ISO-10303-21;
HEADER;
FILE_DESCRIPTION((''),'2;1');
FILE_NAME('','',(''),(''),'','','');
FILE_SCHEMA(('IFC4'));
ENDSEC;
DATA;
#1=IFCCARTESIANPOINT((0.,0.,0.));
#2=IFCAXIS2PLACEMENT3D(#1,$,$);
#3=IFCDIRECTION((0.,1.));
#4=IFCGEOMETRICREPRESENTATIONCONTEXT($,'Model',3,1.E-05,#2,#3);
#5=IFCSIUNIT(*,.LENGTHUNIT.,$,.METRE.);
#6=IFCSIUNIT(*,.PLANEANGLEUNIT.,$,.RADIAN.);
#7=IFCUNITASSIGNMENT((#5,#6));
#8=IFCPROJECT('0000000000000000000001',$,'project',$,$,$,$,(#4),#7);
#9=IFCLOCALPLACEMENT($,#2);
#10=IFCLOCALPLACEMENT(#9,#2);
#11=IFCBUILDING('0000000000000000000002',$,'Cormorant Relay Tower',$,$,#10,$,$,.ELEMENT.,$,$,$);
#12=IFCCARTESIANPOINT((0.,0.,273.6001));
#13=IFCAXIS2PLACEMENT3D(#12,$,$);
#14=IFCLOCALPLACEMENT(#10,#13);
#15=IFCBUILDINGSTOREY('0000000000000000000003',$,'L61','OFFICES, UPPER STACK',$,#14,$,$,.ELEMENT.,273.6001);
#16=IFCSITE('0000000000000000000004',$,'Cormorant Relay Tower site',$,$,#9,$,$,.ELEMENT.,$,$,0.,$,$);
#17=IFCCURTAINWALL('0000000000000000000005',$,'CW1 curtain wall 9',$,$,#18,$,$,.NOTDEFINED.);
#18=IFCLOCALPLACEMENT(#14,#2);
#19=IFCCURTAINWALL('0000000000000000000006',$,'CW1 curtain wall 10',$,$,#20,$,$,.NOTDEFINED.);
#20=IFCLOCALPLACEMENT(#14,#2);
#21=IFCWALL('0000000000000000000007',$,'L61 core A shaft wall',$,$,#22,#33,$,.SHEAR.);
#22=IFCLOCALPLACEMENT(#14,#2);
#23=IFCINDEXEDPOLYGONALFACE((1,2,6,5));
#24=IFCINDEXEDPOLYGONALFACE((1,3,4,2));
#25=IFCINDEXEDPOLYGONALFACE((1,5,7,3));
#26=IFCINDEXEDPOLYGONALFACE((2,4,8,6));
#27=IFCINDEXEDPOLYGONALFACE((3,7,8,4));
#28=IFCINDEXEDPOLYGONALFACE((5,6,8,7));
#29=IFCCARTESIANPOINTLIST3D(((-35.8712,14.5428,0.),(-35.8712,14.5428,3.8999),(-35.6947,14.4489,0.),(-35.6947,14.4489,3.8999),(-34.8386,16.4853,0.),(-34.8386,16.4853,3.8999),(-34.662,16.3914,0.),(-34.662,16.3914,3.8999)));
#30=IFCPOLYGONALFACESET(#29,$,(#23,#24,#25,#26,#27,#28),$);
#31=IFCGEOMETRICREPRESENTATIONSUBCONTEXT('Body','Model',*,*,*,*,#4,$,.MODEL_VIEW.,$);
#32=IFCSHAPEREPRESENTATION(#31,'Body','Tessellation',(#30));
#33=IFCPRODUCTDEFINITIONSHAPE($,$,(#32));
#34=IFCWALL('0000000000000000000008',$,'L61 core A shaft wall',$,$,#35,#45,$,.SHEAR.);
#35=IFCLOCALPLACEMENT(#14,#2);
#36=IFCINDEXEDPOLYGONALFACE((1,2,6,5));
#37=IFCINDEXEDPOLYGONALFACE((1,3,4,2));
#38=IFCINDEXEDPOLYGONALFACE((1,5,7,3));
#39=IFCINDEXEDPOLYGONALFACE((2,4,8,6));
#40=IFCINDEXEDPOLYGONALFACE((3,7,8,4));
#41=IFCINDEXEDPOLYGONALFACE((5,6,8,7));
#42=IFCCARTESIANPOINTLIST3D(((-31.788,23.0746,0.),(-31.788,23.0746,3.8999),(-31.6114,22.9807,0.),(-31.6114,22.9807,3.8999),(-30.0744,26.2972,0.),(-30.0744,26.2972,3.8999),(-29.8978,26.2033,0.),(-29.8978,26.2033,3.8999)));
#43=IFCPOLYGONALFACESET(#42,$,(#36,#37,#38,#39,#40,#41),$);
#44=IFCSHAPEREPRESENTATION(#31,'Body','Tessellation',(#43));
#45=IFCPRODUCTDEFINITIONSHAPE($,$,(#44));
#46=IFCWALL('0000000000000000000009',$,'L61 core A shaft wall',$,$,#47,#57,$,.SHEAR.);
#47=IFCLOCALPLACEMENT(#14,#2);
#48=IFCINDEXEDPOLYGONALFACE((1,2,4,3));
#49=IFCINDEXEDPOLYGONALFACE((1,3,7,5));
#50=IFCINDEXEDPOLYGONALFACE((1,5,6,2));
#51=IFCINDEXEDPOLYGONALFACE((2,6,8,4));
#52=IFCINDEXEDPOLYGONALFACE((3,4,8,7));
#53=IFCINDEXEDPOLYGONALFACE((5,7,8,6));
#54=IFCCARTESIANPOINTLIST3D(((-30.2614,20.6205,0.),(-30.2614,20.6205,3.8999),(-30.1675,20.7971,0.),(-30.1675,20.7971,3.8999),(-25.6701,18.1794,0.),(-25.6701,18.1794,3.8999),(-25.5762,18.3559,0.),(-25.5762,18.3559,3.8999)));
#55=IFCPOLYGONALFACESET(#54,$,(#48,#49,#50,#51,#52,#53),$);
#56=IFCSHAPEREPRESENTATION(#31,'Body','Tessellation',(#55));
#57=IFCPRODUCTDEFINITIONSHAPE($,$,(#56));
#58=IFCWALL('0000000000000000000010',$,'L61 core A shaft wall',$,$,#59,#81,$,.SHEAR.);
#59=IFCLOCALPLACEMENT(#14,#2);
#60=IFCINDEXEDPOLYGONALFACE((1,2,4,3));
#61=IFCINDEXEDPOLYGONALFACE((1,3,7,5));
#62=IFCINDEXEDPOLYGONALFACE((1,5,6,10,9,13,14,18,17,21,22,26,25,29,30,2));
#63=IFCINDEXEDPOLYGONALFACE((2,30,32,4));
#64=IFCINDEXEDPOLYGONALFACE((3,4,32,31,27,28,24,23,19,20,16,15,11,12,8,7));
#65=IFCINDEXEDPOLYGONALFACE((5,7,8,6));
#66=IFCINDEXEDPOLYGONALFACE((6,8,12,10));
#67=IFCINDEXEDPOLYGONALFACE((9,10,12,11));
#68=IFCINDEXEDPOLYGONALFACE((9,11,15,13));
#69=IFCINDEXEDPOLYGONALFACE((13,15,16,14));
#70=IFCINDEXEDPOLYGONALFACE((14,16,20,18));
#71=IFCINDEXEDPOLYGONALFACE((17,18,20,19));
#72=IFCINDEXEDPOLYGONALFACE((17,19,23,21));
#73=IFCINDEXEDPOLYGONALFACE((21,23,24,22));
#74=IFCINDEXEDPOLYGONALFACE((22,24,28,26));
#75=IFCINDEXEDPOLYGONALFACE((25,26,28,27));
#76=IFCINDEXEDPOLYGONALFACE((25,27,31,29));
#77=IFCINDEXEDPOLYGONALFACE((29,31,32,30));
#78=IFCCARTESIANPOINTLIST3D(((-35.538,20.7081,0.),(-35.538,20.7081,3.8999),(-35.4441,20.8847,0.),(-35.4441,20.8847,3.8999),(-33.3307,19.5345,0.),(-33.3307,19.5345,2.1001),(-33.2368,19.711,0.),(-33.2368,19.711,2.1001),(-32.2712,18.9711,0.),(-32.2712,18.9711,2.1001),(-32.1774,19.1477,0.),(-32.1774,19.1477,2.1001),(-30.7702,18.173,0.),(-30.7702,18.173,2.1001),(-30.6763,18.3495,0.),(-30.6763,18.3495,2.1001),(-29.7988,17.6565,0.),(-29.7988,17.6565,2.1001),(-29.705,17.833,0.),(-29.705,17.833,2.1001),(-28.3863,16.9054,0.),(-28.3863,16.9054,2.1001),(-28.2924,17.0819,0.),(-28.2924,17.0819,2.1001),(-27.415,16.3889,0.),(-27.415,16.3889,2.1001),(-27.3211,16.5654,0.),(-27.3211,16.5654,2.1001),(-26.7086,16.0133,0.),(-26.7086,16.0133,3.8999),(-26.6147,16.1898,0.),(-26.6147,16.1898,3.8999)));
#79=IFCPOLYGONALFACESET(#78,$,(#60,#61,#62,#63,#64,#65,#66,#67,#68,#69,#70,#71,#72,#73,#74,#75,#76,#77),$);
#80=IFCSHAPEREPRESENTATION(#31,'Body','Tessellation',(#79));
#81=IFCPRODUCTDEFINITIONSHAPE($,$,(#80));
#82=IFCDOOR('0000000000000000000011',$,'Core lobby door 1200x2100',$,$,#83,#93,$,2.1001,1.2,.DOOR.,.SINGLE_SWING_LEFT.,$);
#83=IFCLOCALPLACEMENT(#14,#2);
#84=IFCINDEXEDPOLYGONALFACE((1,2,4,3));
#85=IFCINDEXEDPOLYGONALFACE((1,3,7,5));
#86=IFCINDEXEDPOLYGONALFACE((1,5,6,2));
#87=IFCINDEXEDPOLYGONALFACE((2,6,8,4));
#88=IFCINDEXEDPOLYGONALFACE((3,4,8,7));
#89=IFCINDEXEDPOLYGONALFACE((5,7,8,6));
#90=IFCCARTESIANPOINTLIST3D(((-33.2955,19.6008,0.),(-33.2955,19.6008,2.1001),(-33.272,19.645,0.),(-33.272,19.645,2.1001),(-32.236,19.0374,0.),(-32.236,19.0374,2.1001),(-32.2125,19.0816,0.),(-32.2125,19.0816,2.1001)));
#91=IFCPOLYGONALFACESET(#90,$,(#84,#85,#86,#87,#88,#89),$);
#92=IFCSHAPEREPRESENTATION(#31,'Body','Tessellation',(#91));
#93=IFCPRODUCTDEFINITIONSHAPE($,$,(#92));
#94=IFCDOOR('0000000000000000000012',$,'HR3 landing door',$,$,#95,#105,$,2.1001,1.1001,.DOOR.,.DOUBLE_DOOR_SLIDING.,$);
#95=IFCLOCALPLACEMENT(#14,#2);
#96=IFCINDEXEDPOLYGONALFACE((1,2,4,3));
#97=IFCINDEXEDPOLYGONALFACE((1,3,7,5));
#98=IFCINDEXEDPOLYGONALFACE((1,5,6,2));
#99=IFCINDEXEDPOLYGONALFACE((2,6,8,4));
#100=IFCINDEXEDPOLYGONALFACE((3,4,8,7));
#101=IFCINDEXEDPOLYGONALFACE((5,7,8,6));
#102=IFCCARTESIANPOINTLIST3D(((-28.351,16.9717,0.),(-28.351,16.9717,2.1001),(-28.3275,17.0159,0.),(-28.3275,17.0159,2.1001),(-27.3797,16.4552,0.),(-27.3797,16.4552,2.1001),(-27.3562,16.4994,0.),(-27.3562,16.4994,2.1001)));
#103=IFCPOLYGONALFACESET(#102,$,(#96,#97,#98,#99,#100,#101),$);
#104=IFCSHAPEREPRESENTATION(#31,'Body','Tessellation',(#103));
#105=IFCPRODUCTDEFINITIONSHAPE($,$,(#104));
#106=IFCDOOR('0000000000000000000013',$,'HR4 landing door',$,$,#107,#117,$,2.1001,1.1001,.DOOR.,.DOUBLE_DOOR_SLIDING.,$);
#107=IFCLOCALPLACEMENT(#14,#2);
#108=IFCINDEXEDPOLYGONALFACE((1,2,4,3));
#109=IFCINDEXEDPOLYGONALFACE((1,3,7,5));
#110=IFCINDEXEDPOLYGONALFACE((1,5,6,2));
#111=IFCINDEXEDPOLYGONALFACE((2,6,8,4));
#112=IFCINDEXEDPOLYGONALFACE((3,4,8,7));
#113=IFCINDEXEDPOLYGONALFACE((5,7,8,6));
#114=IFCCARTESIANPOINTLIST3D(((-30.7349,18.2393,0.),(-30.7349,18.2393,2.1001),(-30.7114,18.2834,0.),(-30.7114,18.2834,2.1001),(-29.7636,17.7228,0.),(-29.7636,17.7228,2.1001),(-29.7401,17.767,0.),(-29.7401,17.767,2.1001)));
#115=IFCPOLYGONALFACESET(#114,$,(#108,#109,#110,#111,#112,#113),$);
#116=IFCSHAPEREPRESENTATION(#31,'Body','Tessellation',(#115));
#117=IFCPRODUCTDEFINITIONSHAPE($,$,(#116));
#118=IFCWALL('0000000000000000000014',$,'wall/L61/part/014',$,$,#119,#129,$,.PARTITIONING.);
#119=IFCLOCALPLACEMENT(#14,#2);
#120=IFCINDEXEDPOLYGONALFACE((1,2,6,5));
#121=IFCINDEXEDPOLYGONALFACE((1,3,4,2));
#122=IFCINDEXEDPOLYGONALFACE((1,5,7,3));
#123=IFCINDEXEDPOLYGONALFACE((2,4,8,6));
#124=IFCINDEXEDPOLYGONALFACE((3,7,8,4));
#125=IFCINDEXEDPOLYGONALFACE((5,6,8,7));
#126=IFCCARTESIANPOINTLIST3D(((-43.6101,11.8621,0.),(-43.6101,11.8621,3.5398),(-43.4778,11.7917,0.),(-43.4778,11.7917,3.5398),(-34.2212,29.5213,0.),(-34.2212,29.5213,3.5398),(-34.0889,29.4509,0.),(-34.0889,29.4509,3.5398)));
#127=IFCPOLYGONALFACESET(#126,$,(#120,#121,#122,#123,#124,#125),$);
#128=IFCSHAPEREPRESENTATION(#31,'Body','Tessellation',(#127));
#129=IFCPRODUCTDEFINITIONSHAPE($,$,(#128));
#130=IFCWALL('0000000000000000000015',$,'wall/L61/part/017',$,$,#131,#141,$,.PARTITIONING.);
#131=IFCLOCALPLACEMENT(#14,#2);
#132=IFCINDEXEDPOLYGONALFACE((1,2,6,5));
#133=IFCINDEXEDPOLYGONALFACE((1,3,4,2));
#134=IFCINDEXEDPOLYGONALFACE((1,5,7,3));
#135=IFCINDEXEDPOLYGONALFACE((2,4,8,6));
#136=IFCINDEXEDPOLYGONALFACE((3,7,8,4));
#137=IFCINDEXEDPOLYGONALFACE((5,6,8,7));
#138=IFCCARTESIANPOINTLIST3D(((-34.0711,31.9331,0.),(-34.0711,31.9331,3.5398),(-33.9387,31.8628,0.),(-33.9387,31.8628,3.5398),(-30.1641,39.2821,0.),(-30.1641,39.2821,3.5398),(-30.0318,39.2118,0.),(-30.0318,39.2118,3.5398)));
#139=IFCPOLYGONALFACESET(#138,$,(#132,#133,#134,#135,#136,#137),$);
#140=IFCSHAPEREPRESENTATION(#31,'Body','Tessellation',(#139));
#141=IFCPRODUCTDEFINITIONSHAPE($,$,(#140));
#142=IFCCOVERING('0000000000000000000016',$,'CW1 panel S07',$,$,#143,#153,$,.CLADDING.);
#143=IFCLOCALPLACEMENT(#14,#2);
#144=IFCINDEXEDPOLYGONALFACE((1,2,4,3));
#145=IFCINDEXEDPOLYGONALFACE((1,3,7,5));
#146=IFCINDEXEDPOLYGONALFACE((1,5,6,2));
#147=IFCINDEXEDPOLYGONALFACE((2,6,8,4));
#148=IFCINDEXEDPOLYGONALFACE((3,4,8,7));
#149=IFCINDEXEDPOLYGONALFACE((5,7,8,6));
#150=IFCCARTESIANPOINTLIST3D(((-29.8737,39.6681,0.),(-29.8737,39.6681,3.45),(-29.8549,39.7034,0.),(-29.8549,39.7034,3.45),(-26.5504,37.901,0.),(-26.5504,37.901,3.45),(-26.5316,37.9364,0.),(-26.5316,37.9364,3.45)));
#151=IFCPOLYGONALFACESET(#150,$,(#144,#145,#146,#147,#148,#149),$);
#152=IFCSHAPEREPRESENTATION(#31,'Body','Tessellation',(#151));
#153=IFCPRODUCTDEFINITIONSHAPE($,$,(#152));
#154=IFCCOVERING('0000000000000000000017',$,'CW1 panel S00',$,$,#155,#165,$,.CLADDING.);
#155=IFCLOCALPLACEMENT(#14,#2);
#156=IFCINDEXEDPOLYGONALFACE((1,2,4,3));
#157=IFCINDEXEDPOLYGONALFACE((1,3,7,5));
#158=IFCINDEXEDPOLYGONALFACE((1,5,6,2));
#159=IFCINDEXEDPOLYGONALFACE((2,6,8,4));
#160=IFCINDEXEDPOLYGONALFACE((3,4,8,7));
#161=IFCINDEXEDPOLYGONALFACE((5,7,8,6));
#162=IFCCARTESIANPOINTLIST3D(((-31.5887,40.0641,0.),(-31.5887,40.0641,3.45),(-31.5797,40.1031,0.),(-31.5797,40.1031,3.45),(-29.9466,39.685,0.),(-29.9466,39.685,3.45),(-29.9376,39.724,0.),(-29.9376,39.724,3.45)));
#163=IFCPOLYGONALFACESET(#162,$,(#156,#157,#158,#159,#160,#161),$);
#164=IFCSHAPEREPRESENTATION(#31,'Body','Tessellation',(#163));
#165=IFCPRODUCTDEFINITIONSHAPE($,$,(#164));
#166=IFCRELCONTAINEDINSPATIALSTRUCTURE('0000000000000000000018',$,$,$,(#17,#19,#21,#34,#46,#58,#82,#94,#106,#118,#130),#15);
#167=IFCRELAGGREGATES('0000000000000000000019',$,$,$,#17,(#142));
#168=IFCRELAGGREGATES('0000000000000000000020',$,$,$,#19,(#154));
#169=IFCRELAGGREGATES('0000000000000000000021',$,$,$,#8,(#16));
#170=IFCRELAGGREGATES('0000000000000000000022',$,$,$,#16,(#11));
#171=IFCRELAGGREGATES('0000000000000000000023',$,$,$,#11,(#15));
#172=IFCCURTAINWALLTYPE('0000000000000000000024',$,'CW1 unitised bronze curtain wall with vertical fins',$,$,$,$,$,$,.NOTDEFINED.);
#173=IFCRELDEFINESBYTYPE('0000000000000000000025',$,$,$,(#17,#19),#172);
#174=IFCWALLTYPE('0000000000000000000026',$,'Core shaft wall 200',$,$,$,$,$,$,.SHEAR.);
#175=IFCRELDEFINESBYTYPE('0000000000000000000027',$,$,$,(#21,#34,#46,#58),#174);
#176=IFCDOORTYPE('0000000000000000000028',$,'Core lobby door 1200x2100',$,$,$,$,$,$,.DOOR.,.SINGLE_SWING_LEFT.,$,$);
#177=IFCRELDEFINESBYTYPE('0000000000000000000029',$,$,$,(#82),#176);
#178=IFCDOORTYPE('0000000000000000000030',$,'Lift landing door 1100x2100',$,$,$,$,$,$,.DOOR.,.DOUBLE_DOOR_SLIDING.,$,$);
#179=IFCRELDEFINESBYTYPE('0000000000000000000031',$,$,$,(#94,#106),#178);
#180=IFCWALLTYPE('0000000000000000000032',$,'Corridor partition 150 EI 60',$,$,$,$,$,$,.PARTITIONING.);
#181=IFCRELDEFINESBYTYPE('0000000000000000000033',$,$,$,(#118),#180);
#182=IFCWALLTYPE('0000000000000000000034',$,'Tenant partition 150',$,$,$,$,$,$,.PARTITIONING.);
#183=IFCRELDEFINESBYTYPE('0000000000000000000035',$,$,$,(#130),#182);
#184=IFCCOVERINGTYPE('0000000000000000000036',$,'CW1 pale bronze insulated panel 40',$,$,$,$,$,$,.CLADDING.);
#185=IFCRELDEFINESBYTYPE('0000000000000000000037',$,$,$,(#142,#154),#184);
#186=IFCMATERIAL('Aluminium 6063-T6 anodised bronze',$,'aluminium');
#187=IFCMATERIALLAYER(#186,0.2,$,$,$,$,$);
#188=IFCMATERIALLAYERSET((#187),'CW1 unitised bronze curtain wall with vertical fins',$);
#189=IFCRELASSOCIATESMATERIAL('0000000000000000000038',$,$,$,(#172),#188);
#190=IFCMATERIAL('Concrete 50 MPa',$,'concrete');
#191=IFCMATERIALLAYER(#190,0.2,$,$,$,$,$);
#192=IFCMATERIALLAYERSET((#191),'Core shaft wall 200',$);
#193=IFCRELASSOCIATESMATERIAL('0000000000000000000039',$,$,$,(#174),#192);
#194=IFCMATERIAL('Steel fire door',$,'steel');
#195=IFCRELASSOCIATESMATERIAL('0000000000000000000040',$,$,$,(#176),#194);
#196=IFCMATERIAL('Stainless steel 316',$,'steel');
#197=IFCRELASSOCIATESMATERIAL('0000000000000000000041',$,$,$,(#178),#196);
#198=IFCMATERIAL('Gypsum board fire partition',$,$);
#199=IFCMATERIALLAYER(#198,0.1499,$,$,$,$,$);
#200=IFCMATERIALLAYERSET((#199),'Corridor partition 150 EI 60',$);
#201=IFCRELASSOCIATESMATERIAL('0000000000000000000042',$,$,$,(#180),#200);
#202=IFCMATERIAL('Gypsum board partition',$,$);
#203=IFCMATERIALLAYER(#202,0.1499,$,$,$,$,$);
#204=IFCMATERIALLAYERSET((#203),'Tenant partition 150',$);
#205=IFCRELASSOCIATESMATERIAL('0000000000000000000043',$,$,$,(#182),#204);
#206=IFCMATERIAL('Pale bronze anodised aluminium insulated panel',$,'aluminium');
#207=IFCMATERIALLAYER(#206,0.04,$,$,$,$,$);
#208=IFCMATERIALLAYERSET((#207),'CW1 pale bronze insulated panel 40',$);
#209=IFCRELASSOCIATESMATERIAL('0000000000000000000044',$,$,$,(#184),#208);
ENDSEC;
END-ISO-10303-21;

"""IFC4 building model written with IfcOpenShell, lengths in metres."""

from ifc_helpers import new_model, si_unit, direction, frame, frame_2d, origin, origin_2d, place, context, subcontext, project, spatial, rectangle, extrude, material, layer, layer_set, type_object, element, fill, aggregate, save


model = new_model("IFC4")

# Units and contexts
model_context = context("Model", 3, precision=1e-05, world=origin(), true_north=direction((0.0, 1.0)))
body_context = subcontext(model_context, "Body", "Model", "MODEL_VIEW")
ifc_project = project(units=[si_unit("LENGTHUNIT", "METRE"), si_unit("PLANEANGLEUNIT", "RADIAN")], contexts=[model_context])

# Site, building, storey
site_placement = place(None, origin())
site = spatial("IfcSite", under=ifc_project, at=site_placement, Name="Cormorant Relay Tower site", CompositionType="ELEMENT", RefElevation=0.0)
building_placement = place(site_placement, origin())
building = spatial("IfcBuilding", under=site, at=building_placement, Name="Cormorant Relay Tower", CompositionType="ELEMENT")
storey_placement = place(building_placement, frame((0.0, 0.0, 273.6001)))
storey = spatial("IfcBuildingStorey", under=building, at=storey_placement, Name="L61", Description="OFFICES, UPPER STACK", CompositionType="ELEMENT", Elevation=273.6001)

# Curtain wall
ifc_material_1 = material(Name="Aluminium 6063-T6 anodised bronze", Category="aluminium")
ifc_layer_1 = layer(ifc_material_1, 0.2)
ifc_layer_set_1 = layer_set([ifc_layer_1], Name="CW1 unitised bronze curtain wall with vertical fins")
curtain_wall_type = type_object("IfcCurtainWallType", Name="CW1 unitised bronze curtain wall with vertical fins", PredefinedType="NOTDEFINED", material=ifc_layer_set_1)
curtain_wall_1_placement = place(storey_placement, origin())
curtain_wall_1 = element("IfcCurtainWall", 1, at=curtain_wall_1_placement, inside=storey, type_object=curtain_wall_type, Name="CW1 curtain wall 9", PredefinedType="NOTDEFINED")

# Curtain wall
curtain_wall_2_placement = place(storey_placement, origin())
curtain_wall_2 = element("IfcCurtainWall", 2, at=curtain_wall_2_placement, inside=storey, type_object=curtain_wall_type, Name="CW1 curtain wall 10", PredefinedType="NOTDEFINED")

# Shared definitions
ifc_material_2 = material(Name="Concrete 50 MPa", Category="concrete")
ifc_layer_2 = layer(ifc_material_2, 0.2)
ifc_layer_set_2 = layer_set([ifc_layer_2], Name="Core shaft wall 200")
wall_type_1 = type_object("IfcWallType", Name="Core shaft wall 200", PredefinedType="SHEAR", material=ifc_layer_set_2)

# Walls
wall_1_placement = place(storey_placement, frame((-34.7502, 16.4385, 0.0), z_axis=(0.0, 0.0, 1.0), x_axis=(-0.469401, -0.882985, 0.0)))
element("IfcWall", 3, at=wall_1_placement, inside=storey, type_object=wall_type_1, Name="L61 core A shaft wall", PredefinedType="SHEAR", context=body_context, shape_type="SweptSolid", body=[
    extrude(rectangle(XDim=2.2, YDim=0.2, at=frame_2d((1.1001, 0.0))), origin(), (0.0, 0.0, 1.0), 3.8999),
])
wall_2_placement = place(storey_placement, frame((-29.9861, 26.2502, 0.0), z_axis=(0.0, 0.0, 1.0), x_axis=(-0.469494, -0.882936, 0.0)))
element("IfcWall", 4, at=wall_2_placement, inside=storey, type_object=wall_type_1, Name="L61 core A shaft wall", PredefinedType="SHEAR", context=body_context, shape_type="SweptSolid", body=[
    extrude(rectangle(XDim=3.6499, YDim=0.2, at=frame_2d((1.825, 0.0))), origin(), (0.0, 0.0, 1.0), 3.8999),
])

# Wall
wall_3_placement = place(storey_placement, frame((-25.623, 18.2676, 0.0), z_axis=(0.0, 0.0, 1.0), x_axis=(-0.882954, 0.46946, 0.0)))
element("IfcWall", 5, at=wall_3_placement, inside=storey, type_object=wall_type_1, Name="L61 core A shaft wall", PredefinedType="SHEAR", context=body_context, shape_type="SweptSolid", body=[
    extrude(rectangle(XDim=5.2, YDim=0.2, at=frame_2d((2.6001, 0.0))), origin(), (0.0, 0.0, 1.0), 3.8999),
])

# Wall, openings, doors
wall_4_placement = place(storey_placement, frame((-26.6616, 16.1016, 0.0), z_axis=(0.0, 0.0, 1.0), x_axis=(-0.88294, 0.469485, 0.0)))
wall_4 = element("IfcWall", 6, at=wall_4_placement, inside=storey, type_object=wall_type_1, Name="L61 core A shaft wall", PredefinedType="SHEAR", context=body_context, shape_type="SweptSolid", body=[
    extrude(rectangle(XDim=10.0, YDim=0.2, at=frame_2d((5.0, 0.0))), origin(), (0.0, 0.0, 1.0), 3.8999),
])
opening_1_placement = place(wall_4_placement, frame((6.3, 0.0, 0.0)))
opening_1 = element("IfcOpeningElement", 7, at=opening_1_placement, cuts=wall_4, PredefinedType="OPENING", context=body_context, shape_type="SweptSolid", body=[
    extrude(rectangle(XDim=1.2, YDim=2.1001, at=frame_2d((0.6001, 1.05))), frame((0.0, 0.1099, 0.0), z_axis=(0.0, -1.0, 0.0), x_axis=(1.0, 0.0, 0.0)), (0.0, 0.0, 1.0), 0.22),
])
opening_2_placement = place(wall_4_placement, frame((0.8, 0.0, 0.0)))
opening_2 = element("IfcOpeningElement", 8, at=opening_2_placement, cuts=wall_4, PredefinedType="OPENING", context=body_context, shape_type="SweptSolid", body=[
    extrude(rectangle(XDim=1.1001, YDim=2.1001, at=frame_2d((0.55, 1.05))), frame((0.0, 0.1099, 0.0), z_axis=(0.0, -1.0, 0.0), x_axis=(1.0, 0.0, 0.0)), (0.0, 0.0, 1.0), 0.22),
])
opening_3_placement = place(wall_4_placement, frame((3.5, 0.0, 0.0)))
opening_3 = element("IfcOpeningElement", 9, at=opening_3_placement, cuts=wall_4, PredefinedType="OPENING", context=body_context, shape_type="SweptSolid", body=[
    extrude(rectangle(XDim=1.1001, YDim=2.1001, at=frame_2d((0.55, 1.05))), frame((0.0, 0.1099, 0.0), z_axis=(0.0, -1.0, 0.0), x_axis=(1.0, 0.0, 0.0)), (0.0, 0.0, 1.0), 0.22),
])
ifc_material_3 = material(Name="Steel fire door", Category="steel")
door_type_1 = type_object("IfcDoorType", Name="Core lobby door 1200x2100", OperationType="SINGLE_SWING_LEFT", PredefinedType="DOOR", material=ifc_material_3)
door_1_placement = place(opening_1_placement, origin())
door_1 = element("IfcDoor", 10, at=door_1_placement, inside=storey, type_object=door_type_1, Name="Core lobby door 1200x2100", OperationType="SINGLE_SWING_LEFT", OverallHeight=2.1001, OverallWidth=1.2, PredefinedType="DOOR", context=body_context, shape_type="SweptSolid", body=[
    extrude(rectangle(XDim=1.2, YDim=2.1001, at=frame_2d((0.6001, 1.05))), frame((0.0, 0.0249, 0.0), z_axis=(0.0, -1.0, 0.0), x_axis=(1.0, 0.0, 0.0)), (0.0, 0.0, 1.0), 0.05),
])
fill(opening_1, door_1)
ifc_material_4 = material(Name="Stainless steel 316", Category="steel")
door_type_2 = type_object("IfcDoorType", Name="Lift landing door 1100x2100", OperationType="DOUBLE_DOOR_SLIDING", PredefinedType="DOOR", material=ifc_material_4)
door_2_placement = place(opening_2_placement, origin())
door_2 = element("IfcDoor", 11, at=door_2_placement, inside=storey, type_object=door_type_2, Name="HR3 landing door", OperationType="DOUBLE_DOOR_SLIDING", OverallHeight=2.1001, OverallWidth=1.1001, PredefinedType="DOOR", context=body_context, shape_type="SweptSolid", body=[
    extrude(rectangle(XDim=1.1001, YDim=2.1001, at=frame_2d((0.55, 1.05))), frame((0.0, 0.0249, 0.0), z_axis=(0.0, -1.0, 0.0), x_axis=(1.0, 0.0, 0.0)), (0.0, 0.0, 1.0), 0.05),
])
fill(opening_2, door_2)
door_3_placement = place(opening_3_placement, origin())
door_3 = element("IfcDoor", 12, at=door_3_placement, inside=storey, type_object=door_type_2, Name="HR4 landing door", OperationType="DOUBLE_DOOR_SLIDING", OverallHeight=2.1001, OverallWidth=1.1001, PredefinedType="DOOR", context=body_context, shape_type="SweptSolid", body=[
    extrude(rectangle(XDim=1.1001, YDim=2.1001, at=frame_2d((0.55, 1.05))), frame((0.0, 0.0249, 0.0), z_axis=(0.0, -1.0, 0.0), x_axis=(1.0, 0.0, 0.0)), (0.0, 0.0, 1.0), 0.05),
])
fill(opening_3, door_3)

# Walls
ifc_material_5 = material(Name="Gypsum board fire partition")
ifc_layer_3 = layer(ifc_material_5, 0.1499)
ifc_layer_set_3 = layer_set([ifc_layer_3], Name="Corridor partition 150 EI 60")
wall_type_2 = type_object("IfcWallType", Name="Corridor partition 150 EI 60", PredefinedType="PARTITIONING", material=ifc_layer_set_3)
wall_5_placement = place(storey_placement, frame((-34.155, 29.4861, 0.0), z_axis=(0.0, 0.0, 1.0), x_axis=(-0.469447, -0.882961, 0.0)))
element("IfcWall", 13, at=wall_5_placement, inside=storey, type_object=wall_type_2, Name="wall/L61/part/014", PredefinedType="PARTITIONING", context=body_context, shape_type="SweptSolid", body=[
    extrude(rectangle(XDim=20.0, YDim=0.1499, at=frame_2d((10.0, 0.0))), origin(), (0.0, 0.0, 1.0), 3.5398),
])
ifc_material_6 = material(Name="Gypsum board partition")
ifc_layer_4 = layer(ifc_material_6, 0.1499)
ifc_layer_set_4 = layer_set([ifc_layer_4], Name="Tenant partition 150")
wall_type_3 = type_object("IfcWallType", Name="Tenant partition 150", PredefinedType="PARTITIONING", material=ifc_layer_set_4)
wall_6_placement = place(storey_placement, frame((-30.0979, 39.2471, 0.0), z_axis=(0.0, 0.0, 1.0), x_axis=(-0.469414, -0.882978, 0.0)))
element("IfcWall", 14, at=wall_6_placement, inside=storey, type_object=wall_type_3, Name="wall/L61/part/017", PredefinedType="PARTITIONING", context=body_context, shape_type="SweptSolid", body=[
    extrude(rectangle(XDim=8.323, YDim=0.1499, at=frame_2d((4.1616, 0.0))), origin(), (0.0, 0.0, 1.0), 3.5398),
])

# Coverings
ifc_material_7 = material(Name="Pale bronze anodised aluminium insulated panel", Category="aluminium")
ifc_layer_5 = layer(ifc_material_7, 0.04)
ifc_layer_set_5 = layer_set([ifc_layer_5], Name="CW1 pale bronze insulated panel 40")
covering_type = type_object("IfcCoveringType", Name="CW1 pale bronze insulated panel 40", PredefinedType="CLADDING", material=ifc_layer_set_5)
covering_1_placement = place(storey_placement, frame((-28.2026, 38.8022, 0.0), z_axis=(0.0, 0.0, 1.0), x_axis=(-0.882948, 0.469472, 0.0)))
covering_1 = element("IfcCovering", 15, at=covering_1_placement, type_object=covering_type, Name="CW1 panel S07", PredefinedType="CLADDING", context=body_context, shape_type="SweptSolid", body=[
    extrude(rectangle(XDim=3.7639, YDim=0.04, at=origin_2d()), origin(), (0.0, 0.0, 1.0), 3.45),
])
aggregate(curtain_wall_1, [covering_1])
covering_2_placement = place(storey_placement, frame((-30.7632, 39.894, 0.0), z_axis=(0.0, 0.0, 1.0), x_axis=(-0.97437, 0.224951, 0.0)))
covering_2 = element("IfcCovering", 16, at=covering_2_placement, type_object=covering_type, Name="CW1 panel S00", PredefinedType="CLADDING", context=body_context, shape_type="SweptSolid", body=[
    extrude(rectangle(XDim=1.6853, YDim=0.04, at=origin_2d()), origin(), (0.0, 0.0, 1.0), 3.45),
])
aggregate(curtain_wall_2, [covering_2])

save(model, "model.ifc")
